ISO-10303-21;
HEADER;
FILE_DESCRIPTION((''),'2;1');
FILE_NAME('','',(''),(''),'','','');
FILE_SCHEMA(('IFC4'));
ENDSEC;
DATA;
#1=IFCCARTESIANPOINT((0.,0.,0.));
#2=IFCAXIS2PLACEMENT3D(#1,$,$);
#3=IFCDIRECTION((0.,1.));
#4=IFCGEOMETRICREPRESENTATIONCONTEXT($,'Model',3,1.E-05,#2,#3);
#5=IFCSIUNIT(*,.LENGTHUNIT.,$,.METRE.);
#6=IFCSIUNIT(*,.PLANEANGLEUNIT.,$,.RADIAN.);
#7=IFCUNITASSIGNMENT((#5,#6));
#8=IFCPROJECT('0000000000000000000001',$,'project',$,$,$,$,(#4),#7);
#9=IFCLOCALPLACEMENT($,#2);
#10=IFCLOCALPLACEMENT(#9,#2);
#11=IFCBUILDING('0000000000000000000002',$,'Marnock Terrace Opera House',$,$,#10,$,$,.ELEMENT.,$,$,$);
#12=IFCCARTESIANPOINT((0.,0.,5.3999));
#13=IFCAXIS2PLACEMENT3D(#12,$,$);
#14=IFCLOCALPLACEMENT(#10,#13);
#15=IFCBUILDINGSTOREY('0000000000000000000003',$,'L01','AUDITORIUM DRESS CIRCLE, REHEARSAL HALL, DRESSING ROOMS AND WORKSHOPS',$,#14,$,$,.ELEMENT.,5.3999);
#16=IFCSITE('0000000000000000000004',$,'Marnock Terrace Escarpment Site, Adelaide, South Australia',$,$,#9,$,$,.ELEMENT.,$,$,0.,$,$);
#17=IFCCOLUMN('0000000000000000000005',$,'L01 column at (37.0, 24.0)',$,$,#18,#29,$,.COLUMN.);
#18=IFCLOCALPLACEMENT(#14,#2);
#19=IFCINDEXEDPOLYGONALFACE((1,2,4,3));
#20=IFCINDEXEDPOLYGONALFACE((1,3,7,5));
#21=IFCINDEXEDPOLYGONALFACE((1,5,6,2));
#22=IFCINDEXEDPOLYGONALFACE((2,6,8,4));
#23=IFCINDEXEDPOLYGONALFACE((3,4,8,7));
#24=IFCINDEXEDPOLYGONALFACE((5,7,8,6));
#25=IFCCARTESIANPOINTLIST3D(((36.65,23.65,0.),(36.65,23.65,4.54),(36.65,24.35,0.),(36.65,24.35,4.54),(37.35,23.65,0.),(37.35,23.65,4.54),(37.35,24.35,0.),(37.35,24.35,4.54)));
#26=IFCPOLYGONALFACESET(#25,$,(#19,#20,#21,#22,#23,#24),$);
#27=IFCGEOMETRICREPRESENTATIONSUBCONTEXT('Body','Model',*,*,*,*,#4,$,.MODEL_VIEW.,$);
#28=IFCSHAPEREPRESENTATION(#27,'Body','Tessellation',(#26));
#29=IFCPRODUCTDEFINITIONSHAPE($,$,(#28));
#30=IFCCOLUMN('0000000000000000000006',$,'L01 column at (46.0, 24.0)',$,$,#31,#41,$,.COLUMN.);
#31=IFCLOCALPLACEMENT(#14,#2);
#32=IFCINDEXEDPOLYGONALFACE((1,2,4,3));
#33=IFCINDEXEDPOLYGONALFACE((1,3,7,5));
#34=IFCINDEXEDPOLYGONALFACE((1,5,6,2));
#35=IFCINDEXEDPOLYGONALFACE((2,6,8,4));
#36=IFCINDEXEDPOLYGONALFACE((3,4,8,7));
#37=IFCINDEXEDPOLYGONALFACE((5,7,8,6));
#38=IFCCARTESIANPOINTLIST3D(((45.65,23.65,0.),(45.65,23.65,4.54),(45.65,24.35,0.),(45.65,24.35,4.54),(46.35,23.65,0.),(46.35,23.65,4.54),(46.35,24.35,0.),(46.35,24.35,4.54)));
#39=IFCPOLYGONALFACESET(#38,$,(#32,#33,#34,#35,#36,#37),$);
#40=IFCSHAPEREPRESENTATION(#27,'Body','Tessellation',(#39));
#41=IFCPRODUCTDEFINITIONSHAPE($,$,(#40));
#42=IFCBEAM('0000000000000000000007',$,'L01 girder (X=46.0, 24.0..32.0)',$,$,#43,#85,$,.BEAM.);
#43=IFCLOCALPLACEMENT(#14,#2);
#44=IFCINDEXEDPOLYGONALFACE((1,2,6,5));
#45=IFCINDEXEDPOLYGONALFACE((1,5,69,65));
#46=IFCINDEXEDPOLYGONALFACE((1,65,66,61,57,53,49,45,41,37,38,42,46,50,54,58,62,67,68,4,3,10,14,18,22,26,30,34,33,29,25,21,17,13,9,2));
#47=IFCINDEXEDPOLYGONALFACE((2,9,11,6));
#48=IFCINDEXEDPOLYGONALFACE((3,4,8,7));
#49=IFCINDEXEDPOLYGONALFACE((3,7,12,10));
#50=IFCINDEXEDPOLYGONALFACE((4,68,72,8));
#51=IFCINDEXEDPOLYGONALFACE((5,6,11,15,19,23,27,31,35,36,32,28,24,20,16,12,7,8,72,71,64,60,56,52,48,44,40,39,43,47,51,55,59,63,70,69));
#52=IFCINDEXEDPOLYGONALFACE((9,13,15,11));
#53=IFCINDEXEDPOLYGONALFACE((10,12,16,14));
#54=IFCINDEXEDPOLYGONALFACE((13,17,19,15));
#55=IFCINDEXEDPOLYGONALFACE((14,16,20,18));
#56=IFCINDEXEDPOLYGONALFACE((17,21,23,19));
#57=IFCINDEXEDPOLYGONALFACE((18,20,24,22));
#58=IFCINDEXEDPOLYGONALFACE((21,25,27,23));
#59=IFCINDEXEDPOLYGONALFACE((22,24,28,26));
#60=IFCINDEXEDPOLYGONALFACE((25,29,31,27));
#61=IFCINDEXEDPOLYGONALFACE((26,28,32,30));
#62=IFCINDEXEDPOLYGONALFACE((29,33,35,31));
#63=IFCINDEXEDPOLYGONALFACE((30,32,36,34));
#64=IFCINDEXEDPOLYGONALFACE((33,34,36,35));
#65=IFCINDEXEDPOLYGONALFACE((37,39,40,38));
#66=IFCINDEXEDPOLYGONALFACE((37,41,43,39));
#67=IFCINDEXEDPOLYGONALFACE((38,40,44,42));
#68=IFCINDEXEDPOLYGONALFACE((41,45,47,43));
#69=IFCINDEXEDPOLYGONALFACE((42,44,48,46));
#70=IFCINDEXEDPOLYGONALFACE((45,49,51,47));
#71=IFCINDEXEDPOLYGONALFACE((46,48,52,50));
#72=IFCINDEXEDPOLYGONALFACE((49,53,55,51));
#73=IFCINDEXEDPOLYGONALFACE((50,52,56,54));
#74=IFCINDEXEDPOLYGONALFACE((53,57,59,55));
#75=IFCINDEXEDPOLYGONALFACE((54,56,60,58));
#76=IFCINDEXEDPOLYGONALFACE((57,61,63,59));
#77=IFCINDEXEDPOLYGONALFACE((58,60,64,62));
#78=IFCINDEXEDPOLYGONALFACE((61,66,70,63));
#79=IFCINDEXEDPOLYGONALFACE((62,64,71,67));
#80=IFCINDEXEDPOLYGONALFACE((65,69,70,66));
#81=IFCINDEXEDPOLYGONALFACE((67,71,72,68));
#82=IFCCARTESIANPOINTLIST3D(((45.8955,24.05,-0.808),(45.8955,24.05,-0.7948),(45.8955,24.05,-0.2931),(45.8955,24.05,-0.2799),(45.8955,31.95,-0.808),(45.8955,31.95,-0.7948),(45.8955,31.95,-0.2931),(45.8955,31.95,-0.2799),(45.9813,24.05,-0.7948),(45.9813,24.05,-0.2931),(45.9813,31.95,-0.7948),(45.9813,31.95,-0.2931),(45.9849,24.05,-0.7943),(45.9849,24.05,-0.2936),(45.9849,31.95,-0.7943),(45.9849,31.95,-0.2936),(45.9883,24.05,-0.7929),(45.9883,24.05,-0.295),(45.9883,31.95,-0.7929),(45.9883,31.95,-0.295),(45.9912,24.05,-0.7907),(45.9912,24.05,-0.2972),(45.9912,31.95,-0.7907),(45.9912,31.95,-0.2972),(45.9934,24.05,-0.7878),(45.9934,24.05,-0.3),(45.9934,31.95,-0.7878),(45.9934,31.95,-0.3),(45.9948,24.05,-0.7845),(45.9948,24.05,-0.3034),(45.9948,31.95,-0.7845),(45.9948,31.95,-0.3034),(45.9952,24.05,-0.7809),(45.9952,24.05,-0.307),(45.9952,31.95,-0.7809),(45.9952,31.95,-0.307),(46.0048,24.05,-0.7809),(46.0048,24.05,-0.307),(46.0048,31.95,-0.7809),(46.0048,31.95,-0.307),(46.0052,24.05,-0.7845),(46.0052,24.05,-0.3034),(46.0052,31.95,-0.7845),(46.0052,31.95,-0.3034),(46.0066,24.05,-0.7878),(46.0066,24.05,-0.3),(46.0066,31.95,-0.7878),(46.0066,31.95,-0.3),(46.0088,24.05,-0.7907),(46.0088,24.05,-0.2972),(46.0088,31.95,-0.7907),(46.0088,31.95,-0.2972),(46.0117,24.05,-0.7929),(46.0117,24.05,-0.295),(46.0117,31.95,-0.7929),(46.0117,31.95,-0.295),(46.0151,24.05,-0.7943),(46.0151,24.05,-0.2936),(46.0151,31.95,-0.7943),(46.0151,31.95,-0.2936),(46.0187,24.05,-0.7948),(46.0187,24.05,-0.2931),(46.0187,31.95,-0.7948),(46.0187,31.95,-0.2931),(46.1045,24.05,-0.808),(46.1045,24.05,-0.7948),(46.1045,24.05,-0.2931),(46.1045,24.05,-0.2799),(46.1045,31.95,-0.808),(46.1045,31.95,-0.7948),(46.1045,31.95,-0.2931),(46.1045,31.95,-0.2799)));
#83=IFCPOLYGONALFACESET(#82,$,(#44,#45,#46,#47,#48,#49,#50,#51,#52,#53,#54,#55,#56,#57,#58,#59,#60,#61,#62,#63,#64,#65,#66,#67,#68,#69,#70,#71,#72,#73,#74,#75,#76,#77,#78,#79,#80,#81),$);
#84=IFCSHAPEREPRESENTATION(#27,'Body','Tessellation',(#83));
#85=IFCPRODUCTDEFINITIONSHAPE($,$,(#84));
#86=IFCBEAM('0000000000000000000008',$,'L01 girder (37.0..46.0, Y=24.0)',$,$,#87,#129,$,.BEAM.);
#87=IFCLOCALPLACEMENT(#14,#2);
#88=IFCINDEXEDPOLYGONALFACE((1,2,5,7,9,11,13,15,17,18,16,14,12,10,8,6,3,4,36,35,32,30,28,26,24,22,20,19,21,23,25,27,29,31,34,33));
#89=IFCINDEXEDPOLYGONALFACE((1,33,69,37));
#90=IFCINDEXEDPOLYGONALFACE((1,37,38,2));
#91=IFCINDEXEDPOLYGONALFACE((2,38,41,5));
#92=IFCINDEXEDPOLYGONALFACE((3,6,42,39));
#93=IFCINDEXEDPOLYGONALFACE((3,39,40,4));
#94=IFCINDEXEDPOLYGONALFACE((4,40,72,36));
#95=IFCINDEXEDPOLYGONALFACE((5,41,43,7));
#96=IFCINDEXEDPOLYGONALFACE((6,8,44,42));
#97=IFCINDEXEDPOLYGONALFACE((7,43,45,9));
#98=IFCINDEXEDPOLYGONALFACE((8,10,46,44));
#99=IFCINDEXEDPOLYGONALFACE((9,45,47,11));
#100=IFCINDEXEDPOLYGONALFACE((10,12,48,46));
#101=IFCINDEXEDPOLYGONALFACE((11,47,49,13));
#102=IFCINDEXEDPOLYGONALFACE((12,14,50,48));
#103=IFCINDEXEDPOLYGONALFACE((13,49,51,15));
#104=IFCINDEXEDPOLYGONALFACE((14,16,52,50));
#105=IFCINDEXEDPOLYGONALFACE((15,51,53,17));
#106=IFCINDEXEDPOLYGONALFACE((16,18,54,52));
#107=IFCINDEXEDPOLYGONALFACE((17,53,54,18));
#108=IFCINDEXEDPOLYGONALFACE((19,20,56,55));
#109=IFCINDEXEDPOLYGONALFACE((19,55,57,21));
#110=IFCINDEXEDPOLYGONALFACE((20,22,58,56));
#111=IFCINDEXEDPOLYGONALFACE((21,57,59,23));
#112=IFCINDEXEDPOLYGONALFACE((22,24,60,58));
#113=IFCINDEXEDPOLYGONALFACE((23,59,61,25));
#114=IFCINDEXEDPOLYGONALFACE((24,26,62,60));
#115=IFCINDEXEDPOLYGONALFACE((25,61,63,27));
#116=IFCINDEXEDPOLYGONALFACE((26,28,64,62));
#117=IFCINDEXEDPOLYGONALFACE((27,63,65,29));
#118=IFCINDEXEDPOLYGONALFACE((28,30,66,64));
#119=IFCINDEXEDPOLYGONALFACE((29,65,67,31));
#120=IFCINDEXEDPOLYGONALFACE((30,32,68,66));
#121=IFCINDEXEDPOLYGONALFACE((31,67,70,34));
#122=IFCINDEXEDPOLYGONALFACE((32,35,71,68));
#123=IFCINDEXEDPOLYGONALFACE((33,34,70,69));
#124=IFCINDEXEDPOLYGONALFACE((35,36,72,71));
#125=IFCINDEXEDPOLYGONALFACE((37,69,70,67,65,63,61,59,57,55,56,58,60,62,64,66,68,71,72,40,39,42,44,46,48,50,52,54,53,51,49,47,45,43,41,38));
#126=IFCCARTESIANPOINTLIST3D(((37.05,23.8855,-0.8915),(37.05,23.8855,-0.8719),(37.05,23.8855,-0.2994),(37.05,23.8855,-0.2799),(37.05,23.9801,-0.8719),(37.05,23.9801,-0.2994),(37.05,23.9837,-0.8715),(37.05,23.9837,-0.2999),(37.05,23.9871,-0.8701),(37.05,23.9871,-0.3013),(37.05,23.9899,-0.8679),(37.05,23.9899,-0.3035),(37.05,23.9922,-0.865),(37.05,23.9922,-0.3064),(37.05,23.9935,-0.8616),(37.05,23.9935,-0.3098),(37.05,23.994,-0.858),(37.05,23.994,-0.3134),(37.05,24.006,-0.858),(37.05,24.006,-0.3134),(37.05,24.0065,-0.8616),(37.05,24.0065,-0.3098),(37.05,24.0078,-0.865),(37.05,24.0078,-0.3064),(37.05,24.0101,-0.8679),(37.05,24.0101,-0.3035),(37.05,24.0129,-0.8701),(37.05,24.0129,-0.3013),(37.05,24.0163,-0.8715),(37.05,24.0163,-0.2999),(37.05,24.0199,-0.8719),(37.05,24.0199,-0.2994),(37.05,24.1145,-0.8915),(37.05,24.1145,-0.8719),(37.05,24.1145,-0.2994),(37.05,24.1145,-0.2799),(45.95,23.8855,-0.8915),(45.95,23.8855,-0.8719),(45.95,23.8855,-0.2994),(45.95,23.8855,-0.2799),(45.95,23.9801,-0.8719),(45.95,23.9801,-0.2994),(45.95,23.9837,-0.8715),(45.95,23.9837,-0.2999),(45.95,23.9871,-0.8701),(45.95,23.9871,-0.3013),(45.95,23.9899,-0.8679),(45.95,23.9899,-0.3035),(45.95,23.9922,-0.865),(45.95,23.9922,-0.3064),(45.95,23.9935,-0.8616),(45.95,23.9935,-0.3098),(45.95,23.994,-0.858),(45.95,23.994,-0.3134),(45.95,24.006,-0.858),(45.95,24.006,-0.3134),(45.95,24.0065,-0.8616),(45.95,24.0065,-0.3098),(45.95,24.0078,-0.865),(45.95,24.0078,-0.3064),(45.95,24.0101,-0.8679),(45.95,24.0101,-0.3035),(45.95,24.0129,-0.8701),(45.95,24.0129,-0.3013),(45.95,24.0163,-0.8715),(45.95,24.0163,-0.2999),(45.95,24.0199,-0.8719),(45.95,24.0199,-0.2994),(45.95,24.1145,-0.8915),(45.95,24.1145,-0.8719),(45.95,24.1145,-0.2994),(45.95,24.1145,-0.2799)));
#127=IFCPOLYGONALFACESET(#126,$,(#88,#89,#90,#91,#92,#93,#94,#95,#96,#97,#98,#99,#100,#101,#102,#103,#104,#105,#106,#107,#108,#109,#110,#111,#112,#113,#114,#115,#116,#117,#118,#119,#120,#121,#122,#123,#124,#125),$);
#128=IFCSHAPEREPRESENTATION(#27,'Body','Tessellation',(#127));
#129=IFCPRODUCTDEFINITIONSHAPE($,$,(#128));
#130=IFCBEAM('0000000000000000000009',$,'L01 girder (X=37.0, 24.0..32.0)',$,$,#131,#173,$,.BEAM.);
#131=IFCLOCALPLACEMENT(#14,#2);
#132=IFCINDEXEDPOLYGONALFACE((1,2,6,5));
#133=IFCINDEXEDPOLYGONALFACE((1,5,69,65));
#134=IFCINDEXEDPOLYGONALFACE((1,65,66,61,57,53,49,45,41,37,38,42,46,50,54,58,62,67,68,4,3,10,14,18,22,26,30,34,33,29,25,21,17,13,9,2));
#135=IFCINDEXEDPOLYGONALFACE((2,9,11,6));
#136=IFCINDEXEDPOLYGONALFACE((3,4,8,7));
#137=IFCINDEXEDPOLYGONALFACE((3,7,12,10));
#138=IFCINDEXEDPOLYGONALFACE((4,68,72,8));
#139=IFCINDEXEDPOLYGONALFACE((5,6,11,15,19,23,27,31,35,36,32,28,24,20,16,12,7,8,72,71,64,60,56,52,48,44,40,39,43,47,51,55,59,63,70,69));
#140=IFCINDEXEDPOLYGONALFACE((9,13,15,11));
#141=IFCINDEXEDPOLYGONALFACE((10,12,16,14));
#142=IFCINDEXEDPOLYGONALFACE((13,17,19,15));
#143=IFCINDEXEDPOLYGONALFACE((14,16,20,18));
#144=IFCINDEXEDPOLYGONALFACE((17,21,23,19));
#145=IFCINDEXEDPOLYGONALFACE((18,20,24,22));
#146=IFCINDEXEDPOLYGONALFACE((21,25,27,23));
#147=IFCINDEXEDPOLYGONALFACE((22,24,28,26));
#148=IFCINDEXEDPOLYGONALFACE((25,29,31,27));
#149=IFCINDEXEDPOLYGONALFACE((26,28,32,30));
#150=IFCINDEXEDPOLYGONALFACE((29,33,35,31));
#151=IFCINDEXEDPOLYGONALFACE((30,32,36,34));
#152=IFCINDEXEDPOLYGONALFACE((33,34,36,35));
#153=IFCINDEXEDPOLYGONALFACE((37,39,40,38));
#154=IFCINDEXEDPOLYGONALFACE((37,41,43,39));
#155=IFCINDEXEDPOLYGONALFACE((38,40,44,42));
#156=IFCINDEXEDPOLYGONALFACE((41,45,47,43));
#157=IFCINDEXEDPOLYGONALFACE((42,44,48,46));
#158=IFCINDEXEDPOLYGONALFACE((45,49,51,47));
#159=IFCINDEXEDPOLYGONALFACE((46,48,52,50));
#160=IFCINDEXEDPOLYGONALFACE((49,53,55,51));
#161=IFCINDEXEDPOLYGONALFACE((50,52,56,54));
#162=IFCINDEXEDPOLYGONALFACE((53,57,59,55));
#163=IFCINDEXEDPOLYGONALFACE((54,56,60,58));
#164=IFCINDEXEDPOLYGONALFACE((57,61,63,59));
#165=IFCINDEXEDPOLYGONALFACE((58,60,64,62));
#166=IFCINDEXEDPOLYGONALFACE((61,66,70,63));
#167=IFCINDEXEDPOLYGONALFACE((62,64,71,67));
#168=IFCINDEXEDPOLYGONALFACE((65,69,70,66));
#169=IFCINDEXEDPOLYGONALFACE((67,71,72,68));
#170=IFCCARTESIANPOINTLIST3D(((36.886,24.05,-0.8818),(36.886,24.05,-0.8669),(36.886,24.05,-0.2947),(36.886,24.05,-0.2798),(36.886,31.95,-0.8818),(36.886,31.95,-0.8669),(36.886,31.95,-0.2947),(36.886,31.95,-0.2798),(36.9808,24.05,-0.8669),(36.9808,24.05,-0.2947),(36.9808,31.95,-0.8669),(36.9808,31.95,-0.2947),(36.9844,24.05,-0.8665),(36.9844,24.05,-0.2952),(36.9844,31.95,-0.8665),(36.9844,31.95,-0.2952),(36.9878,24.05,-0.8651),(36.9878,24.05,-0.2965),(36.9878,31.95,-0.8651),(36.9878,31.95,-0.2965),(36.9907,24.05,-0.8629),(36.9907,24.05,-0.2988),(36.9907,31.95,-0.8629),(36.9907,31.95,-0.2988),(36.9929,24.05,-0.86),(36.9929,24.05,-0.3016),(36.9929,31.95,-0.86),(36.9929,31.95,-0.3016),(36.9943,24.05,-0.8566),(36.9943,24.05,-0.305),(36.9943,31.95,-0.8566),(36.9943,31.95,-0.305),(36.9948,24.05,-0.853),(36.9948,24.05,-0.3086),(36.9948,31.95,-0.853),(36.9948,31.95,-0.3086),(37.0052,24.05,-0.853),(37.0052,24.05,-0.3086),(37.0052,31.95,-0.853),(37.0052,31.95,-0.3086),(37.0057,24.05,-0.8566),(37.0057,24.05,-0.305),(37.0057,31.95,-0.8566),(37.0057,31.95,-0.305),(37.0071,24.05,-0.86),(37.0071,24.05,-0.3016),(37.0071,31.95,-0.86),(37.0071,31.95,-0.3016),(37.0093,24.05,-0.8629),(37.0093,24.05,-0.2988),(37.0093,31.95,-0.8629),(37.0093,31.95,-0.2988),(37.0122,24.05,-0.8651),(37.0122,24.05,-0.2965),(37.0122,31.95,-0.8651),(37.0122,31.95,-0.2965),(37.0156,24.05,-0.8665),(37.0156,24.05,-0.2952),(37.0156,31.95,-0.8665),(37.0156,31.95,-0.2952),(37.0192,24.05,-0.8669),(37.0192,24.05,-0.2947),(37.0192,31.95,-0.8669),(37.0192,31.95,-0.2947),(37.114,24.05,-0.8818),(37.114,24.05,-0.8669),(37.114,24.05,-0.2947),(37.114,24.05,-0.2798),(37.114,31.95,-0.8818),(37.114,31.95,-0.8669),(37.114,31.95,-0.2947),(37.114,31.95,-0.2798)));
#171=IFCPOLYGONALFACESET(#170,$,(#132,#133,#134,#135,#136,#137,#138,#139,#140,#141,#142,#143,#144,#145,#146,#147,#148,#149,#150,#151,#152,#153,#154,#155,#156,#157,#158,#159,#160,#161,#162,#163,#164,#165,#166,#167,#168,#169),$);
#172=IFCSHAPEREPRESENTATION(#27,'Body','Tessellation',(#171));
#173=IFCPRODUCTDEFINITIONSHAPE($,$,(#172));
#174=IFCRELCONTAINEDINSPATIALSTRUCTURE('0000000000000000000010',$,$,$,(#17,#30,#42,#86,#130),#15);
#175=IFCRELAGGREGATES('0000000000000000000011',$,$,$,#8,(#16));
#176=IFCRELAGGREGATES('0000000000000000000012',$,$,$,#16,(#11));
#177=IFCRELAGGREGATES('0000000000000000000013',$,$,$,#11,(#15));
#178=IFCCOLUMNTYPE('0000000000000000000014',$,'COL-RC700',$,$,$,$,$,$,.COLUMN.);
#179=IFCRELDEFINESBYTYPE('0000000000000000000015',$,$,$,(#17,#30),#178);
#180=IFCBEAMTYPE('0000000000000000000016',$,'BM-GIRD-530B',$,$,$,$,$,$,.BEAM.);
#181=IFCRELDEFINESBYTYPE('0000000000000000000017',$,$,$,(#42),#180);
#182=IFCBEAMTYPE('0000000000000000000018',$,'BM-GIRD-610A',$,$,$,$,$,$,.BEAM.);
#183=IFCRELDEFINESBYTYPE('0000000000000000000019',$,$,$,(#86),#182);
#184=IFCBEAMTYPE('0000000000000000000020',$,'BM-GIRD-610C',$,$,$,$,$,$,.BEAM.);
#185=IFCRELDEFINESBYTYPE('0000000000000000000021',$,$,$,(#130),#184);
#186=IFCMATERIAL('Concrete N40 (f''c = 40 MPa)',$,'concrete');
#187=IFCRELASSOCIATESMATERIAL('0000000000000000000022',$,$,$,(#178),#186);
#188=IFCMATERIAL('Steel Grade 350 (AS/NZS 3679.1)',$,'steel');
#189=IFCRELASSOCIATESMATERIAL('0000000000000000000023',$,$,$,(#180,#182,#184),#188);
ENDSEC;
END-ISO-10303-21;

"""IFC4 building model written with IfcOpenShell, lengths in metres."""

from ifc_helpers import new_model, si_unit, direction, frame, origin, origin_2d, place, context, subcontext, project, spatial, rectangle, i_section, extrude, material, material_profile, profile_set, type_object, element, save


model = new_model("IFC4")

# Units and contexts
model_context = context("Model", 3, precision=1e-05, world=origin(), true_north=direction((0.0, 1.0)))
body_context = subcontext(model_context, "Body", "Model", "MODEL_VIEW")
ifc_project = project(units=[si_unit("LENGTHUNIT", "METRE"), si_unit("PLANEANGLEUNIT", "RADIAN")], contexts=[model_context])

# Site, building, storey
site_placement = place(None, origin())
site = spatial("IfcSite", under=ifc_project, at=site_placement, Name="Marnock Terrace Escarpment Site, Adelaide, South Australia", CompositionType="ELEMENT", RefElevation=0.0)
building_placement = place(site_placement, origin())
building = spatial("IfcBuilding", under=site, at=building_placement, Name="Marnock Terrace Opera House", CompositionType="ELEMENT")
storey_placement = place(building_placement, frame((0.0, 0.0, 5.3999)))
storey = spatial("IfcBuildingStorey", under=building, at=storey_placement, Name="L01", Description="AUDITORIUM DRESS CIRCLE, REHEARSAL HALL, DRESSING ROOMS AND WORKSHOPS", CompositionType="ELEMENT", Elevation=5.3999)

# Columns
ifc_material_1 = material(Name="Concrete N40 (f'c = 40 MPa)", Category="concrete")
ifc_material_profile_1 = material_profile(ifc_material_1, rectangle(XDim=0.7, YDim=0.7, at=origin_2d()))
ifc_profile_set_1 = profile_set([ifc_material_profile_1], Name="Concrete N40 (f'c = 40 MPa)")
column_type = type_object("IfcColumnType", Name="COL-RC700", PredefinedType="COLUMN", material=ifc_profile_set_1)
for number, where, z_axis, x_axis, name in (
    (1, (37.0, 24.0, 0.0), (0.0, 0.0, 1.0), (1.0, 0.0, 0.0), "L01 column at (37.0, 24.0)"),
    (2, (46.0, 24.0, 0.0), (0.0, 0.0, 1.0), (1.0, 0.0, 0.0), "L01 column at (46.0, 24.0)"),
):
    element("IfcColumn", number, at=place(storey_placement, frame(where, z_axis=z_axis, x_axis=x_axis)), inside=storey, type_object=column_type, Name=name, PredefinedType="COLUMN", context=body_context, shape_type="SweptSolid", body=[
        extrude(rectangle(XDim=0.7, YDim=0.7, at=origin_2d()), origin(), (0.0, 0.0, 1.0), 4.54),
    ])

# Beams
ifc_material_2 = material(Name="Steel Grade 350 (AS/NZS 3679.1)", Category="steel")
ifc_material_profile_2 = material_profile(ifc_material_2, i_section(OverallWidth=0.209, OverallDepth=0.5281, WebThickness=0.0095, FlangeThickness=0.0132, FilletRadius=0.0139, at=origin_2d()))
ifc_profile_set_2 = profile_set([ifc_material_profile_2], Name="Steel Grade 350 (AS/NZS 3679.1)")
beam_type_1 = type_object("IfcBeamType", Name="BM-GIRD-530B", PredefinedType="BEAM", material=ifc_profile_set_2)
beam_1_placement = place(storey_placement, frame((46.0, 24.05, -0.5439), z_axis=(0.0, 1.0, 0.0), x_axis=(-1.0, 0.0, 0.0)))
element("IfcBeam", 3, at=beam_1_placement, inside=storey, type_object=beam_type_1, Name="L01 girder (X=46.0, 24.0..32.0)", PredefinedType="BEAM", context=body_context, shape_type="SweptSolid", body=[
    extrude(i_section(OverallWidth=0.209, OverallDepth=0.5281, WebThickness=0.0095, FlangeThickness=0.0132, FilletRadius=0.0139, at=origin_2d()), origin(), (0.0, 0.0, 1.0), 7.8999),
])
ifc_material_profile_3 = material_profile(ifc_material_2, i_section(OverallWidth=0.229, OverallDepth=0.6116, WebThickness=0.012, FlangeThickness=0.0195, FilletRadius=0.0139, at=origin_2d()))
ifc_profile_set_3 = profile_set([ifc_material_profile_3], Name="Steel Grade 350 (AS/NZS 3679.1)")
beam_type_2 = type_object("IfcBeamType", Name="BM-GIRD-610A", PredefinedType="BEAM", material=ifc_profile_set_3)
beam_2_placement = place(storey_placement, frame((37.05, 24.0, -0.5857), z_axis=(1.0, 0.0, 0.0), x_axis=(0.0, 1.0, 0.0)))
element("IfcBeam", 4, at=beam_2_placement, inside=storey, type_object=beam_type_2, Name="L01 girder (37.0..46.0, Y=24.0)", PredefinedType="BEAM", context=body_context, shape_type="SweptSolid", body=[
    extrude(i_section(OverallWidth=0.229, OverallDepth=0.6116, WebThickness=0.012, FlangeThickness=0.0195, FilletRadius=0.0139, at=origin_2d()), origin(), (0.0, 0.0, 1.0), 8.8999),
])
ifc_material_profile_4 = material_profile(ifc_material_2, i_section(OverallWidth=0.228, OverallDepth=0.6021, WebThickness=0.0105, FlangeThickness=0.0149, FilletRadius=0.0139, at=origin_2d()))
ifc_profile_set_4 = profile_set([ifc_material_profile_4], Name="Steel Grade 350 (AS/NZS 3679.1)")
beam_type_3 = type_object("IfcBeamType", Name="BM-GIRD-610C", PredefinedType="BEAM", material=ifc_profile_set_4)
beam_3_placement = place(storey_placement, frame((37.0, 24.05, -0.5808), z_axis=(0.0, 1.0, 0.0), x_axis=(-1.0, 0.0, 0.0)))
element("IfcBeam", 5, at=beam_3_placement, inside=storey, type_object=beam_type_3, Name="L01 girder (X=37.0, 24.0..32.0)", PredefinedType="BEAM", context=body_context, shape_type="SweptSolid", body=[
    extrude(i_section(OverallWidth=0.228, OverallDepth=0.6021, WebThickness=0.0105, FlangeThickness=0.0149, FilletRadius=0.0139, at=origin_2d()), origin(), (0.0, 0.0, 1.0), 7.8999),
])

save(model, "model.ifc")
